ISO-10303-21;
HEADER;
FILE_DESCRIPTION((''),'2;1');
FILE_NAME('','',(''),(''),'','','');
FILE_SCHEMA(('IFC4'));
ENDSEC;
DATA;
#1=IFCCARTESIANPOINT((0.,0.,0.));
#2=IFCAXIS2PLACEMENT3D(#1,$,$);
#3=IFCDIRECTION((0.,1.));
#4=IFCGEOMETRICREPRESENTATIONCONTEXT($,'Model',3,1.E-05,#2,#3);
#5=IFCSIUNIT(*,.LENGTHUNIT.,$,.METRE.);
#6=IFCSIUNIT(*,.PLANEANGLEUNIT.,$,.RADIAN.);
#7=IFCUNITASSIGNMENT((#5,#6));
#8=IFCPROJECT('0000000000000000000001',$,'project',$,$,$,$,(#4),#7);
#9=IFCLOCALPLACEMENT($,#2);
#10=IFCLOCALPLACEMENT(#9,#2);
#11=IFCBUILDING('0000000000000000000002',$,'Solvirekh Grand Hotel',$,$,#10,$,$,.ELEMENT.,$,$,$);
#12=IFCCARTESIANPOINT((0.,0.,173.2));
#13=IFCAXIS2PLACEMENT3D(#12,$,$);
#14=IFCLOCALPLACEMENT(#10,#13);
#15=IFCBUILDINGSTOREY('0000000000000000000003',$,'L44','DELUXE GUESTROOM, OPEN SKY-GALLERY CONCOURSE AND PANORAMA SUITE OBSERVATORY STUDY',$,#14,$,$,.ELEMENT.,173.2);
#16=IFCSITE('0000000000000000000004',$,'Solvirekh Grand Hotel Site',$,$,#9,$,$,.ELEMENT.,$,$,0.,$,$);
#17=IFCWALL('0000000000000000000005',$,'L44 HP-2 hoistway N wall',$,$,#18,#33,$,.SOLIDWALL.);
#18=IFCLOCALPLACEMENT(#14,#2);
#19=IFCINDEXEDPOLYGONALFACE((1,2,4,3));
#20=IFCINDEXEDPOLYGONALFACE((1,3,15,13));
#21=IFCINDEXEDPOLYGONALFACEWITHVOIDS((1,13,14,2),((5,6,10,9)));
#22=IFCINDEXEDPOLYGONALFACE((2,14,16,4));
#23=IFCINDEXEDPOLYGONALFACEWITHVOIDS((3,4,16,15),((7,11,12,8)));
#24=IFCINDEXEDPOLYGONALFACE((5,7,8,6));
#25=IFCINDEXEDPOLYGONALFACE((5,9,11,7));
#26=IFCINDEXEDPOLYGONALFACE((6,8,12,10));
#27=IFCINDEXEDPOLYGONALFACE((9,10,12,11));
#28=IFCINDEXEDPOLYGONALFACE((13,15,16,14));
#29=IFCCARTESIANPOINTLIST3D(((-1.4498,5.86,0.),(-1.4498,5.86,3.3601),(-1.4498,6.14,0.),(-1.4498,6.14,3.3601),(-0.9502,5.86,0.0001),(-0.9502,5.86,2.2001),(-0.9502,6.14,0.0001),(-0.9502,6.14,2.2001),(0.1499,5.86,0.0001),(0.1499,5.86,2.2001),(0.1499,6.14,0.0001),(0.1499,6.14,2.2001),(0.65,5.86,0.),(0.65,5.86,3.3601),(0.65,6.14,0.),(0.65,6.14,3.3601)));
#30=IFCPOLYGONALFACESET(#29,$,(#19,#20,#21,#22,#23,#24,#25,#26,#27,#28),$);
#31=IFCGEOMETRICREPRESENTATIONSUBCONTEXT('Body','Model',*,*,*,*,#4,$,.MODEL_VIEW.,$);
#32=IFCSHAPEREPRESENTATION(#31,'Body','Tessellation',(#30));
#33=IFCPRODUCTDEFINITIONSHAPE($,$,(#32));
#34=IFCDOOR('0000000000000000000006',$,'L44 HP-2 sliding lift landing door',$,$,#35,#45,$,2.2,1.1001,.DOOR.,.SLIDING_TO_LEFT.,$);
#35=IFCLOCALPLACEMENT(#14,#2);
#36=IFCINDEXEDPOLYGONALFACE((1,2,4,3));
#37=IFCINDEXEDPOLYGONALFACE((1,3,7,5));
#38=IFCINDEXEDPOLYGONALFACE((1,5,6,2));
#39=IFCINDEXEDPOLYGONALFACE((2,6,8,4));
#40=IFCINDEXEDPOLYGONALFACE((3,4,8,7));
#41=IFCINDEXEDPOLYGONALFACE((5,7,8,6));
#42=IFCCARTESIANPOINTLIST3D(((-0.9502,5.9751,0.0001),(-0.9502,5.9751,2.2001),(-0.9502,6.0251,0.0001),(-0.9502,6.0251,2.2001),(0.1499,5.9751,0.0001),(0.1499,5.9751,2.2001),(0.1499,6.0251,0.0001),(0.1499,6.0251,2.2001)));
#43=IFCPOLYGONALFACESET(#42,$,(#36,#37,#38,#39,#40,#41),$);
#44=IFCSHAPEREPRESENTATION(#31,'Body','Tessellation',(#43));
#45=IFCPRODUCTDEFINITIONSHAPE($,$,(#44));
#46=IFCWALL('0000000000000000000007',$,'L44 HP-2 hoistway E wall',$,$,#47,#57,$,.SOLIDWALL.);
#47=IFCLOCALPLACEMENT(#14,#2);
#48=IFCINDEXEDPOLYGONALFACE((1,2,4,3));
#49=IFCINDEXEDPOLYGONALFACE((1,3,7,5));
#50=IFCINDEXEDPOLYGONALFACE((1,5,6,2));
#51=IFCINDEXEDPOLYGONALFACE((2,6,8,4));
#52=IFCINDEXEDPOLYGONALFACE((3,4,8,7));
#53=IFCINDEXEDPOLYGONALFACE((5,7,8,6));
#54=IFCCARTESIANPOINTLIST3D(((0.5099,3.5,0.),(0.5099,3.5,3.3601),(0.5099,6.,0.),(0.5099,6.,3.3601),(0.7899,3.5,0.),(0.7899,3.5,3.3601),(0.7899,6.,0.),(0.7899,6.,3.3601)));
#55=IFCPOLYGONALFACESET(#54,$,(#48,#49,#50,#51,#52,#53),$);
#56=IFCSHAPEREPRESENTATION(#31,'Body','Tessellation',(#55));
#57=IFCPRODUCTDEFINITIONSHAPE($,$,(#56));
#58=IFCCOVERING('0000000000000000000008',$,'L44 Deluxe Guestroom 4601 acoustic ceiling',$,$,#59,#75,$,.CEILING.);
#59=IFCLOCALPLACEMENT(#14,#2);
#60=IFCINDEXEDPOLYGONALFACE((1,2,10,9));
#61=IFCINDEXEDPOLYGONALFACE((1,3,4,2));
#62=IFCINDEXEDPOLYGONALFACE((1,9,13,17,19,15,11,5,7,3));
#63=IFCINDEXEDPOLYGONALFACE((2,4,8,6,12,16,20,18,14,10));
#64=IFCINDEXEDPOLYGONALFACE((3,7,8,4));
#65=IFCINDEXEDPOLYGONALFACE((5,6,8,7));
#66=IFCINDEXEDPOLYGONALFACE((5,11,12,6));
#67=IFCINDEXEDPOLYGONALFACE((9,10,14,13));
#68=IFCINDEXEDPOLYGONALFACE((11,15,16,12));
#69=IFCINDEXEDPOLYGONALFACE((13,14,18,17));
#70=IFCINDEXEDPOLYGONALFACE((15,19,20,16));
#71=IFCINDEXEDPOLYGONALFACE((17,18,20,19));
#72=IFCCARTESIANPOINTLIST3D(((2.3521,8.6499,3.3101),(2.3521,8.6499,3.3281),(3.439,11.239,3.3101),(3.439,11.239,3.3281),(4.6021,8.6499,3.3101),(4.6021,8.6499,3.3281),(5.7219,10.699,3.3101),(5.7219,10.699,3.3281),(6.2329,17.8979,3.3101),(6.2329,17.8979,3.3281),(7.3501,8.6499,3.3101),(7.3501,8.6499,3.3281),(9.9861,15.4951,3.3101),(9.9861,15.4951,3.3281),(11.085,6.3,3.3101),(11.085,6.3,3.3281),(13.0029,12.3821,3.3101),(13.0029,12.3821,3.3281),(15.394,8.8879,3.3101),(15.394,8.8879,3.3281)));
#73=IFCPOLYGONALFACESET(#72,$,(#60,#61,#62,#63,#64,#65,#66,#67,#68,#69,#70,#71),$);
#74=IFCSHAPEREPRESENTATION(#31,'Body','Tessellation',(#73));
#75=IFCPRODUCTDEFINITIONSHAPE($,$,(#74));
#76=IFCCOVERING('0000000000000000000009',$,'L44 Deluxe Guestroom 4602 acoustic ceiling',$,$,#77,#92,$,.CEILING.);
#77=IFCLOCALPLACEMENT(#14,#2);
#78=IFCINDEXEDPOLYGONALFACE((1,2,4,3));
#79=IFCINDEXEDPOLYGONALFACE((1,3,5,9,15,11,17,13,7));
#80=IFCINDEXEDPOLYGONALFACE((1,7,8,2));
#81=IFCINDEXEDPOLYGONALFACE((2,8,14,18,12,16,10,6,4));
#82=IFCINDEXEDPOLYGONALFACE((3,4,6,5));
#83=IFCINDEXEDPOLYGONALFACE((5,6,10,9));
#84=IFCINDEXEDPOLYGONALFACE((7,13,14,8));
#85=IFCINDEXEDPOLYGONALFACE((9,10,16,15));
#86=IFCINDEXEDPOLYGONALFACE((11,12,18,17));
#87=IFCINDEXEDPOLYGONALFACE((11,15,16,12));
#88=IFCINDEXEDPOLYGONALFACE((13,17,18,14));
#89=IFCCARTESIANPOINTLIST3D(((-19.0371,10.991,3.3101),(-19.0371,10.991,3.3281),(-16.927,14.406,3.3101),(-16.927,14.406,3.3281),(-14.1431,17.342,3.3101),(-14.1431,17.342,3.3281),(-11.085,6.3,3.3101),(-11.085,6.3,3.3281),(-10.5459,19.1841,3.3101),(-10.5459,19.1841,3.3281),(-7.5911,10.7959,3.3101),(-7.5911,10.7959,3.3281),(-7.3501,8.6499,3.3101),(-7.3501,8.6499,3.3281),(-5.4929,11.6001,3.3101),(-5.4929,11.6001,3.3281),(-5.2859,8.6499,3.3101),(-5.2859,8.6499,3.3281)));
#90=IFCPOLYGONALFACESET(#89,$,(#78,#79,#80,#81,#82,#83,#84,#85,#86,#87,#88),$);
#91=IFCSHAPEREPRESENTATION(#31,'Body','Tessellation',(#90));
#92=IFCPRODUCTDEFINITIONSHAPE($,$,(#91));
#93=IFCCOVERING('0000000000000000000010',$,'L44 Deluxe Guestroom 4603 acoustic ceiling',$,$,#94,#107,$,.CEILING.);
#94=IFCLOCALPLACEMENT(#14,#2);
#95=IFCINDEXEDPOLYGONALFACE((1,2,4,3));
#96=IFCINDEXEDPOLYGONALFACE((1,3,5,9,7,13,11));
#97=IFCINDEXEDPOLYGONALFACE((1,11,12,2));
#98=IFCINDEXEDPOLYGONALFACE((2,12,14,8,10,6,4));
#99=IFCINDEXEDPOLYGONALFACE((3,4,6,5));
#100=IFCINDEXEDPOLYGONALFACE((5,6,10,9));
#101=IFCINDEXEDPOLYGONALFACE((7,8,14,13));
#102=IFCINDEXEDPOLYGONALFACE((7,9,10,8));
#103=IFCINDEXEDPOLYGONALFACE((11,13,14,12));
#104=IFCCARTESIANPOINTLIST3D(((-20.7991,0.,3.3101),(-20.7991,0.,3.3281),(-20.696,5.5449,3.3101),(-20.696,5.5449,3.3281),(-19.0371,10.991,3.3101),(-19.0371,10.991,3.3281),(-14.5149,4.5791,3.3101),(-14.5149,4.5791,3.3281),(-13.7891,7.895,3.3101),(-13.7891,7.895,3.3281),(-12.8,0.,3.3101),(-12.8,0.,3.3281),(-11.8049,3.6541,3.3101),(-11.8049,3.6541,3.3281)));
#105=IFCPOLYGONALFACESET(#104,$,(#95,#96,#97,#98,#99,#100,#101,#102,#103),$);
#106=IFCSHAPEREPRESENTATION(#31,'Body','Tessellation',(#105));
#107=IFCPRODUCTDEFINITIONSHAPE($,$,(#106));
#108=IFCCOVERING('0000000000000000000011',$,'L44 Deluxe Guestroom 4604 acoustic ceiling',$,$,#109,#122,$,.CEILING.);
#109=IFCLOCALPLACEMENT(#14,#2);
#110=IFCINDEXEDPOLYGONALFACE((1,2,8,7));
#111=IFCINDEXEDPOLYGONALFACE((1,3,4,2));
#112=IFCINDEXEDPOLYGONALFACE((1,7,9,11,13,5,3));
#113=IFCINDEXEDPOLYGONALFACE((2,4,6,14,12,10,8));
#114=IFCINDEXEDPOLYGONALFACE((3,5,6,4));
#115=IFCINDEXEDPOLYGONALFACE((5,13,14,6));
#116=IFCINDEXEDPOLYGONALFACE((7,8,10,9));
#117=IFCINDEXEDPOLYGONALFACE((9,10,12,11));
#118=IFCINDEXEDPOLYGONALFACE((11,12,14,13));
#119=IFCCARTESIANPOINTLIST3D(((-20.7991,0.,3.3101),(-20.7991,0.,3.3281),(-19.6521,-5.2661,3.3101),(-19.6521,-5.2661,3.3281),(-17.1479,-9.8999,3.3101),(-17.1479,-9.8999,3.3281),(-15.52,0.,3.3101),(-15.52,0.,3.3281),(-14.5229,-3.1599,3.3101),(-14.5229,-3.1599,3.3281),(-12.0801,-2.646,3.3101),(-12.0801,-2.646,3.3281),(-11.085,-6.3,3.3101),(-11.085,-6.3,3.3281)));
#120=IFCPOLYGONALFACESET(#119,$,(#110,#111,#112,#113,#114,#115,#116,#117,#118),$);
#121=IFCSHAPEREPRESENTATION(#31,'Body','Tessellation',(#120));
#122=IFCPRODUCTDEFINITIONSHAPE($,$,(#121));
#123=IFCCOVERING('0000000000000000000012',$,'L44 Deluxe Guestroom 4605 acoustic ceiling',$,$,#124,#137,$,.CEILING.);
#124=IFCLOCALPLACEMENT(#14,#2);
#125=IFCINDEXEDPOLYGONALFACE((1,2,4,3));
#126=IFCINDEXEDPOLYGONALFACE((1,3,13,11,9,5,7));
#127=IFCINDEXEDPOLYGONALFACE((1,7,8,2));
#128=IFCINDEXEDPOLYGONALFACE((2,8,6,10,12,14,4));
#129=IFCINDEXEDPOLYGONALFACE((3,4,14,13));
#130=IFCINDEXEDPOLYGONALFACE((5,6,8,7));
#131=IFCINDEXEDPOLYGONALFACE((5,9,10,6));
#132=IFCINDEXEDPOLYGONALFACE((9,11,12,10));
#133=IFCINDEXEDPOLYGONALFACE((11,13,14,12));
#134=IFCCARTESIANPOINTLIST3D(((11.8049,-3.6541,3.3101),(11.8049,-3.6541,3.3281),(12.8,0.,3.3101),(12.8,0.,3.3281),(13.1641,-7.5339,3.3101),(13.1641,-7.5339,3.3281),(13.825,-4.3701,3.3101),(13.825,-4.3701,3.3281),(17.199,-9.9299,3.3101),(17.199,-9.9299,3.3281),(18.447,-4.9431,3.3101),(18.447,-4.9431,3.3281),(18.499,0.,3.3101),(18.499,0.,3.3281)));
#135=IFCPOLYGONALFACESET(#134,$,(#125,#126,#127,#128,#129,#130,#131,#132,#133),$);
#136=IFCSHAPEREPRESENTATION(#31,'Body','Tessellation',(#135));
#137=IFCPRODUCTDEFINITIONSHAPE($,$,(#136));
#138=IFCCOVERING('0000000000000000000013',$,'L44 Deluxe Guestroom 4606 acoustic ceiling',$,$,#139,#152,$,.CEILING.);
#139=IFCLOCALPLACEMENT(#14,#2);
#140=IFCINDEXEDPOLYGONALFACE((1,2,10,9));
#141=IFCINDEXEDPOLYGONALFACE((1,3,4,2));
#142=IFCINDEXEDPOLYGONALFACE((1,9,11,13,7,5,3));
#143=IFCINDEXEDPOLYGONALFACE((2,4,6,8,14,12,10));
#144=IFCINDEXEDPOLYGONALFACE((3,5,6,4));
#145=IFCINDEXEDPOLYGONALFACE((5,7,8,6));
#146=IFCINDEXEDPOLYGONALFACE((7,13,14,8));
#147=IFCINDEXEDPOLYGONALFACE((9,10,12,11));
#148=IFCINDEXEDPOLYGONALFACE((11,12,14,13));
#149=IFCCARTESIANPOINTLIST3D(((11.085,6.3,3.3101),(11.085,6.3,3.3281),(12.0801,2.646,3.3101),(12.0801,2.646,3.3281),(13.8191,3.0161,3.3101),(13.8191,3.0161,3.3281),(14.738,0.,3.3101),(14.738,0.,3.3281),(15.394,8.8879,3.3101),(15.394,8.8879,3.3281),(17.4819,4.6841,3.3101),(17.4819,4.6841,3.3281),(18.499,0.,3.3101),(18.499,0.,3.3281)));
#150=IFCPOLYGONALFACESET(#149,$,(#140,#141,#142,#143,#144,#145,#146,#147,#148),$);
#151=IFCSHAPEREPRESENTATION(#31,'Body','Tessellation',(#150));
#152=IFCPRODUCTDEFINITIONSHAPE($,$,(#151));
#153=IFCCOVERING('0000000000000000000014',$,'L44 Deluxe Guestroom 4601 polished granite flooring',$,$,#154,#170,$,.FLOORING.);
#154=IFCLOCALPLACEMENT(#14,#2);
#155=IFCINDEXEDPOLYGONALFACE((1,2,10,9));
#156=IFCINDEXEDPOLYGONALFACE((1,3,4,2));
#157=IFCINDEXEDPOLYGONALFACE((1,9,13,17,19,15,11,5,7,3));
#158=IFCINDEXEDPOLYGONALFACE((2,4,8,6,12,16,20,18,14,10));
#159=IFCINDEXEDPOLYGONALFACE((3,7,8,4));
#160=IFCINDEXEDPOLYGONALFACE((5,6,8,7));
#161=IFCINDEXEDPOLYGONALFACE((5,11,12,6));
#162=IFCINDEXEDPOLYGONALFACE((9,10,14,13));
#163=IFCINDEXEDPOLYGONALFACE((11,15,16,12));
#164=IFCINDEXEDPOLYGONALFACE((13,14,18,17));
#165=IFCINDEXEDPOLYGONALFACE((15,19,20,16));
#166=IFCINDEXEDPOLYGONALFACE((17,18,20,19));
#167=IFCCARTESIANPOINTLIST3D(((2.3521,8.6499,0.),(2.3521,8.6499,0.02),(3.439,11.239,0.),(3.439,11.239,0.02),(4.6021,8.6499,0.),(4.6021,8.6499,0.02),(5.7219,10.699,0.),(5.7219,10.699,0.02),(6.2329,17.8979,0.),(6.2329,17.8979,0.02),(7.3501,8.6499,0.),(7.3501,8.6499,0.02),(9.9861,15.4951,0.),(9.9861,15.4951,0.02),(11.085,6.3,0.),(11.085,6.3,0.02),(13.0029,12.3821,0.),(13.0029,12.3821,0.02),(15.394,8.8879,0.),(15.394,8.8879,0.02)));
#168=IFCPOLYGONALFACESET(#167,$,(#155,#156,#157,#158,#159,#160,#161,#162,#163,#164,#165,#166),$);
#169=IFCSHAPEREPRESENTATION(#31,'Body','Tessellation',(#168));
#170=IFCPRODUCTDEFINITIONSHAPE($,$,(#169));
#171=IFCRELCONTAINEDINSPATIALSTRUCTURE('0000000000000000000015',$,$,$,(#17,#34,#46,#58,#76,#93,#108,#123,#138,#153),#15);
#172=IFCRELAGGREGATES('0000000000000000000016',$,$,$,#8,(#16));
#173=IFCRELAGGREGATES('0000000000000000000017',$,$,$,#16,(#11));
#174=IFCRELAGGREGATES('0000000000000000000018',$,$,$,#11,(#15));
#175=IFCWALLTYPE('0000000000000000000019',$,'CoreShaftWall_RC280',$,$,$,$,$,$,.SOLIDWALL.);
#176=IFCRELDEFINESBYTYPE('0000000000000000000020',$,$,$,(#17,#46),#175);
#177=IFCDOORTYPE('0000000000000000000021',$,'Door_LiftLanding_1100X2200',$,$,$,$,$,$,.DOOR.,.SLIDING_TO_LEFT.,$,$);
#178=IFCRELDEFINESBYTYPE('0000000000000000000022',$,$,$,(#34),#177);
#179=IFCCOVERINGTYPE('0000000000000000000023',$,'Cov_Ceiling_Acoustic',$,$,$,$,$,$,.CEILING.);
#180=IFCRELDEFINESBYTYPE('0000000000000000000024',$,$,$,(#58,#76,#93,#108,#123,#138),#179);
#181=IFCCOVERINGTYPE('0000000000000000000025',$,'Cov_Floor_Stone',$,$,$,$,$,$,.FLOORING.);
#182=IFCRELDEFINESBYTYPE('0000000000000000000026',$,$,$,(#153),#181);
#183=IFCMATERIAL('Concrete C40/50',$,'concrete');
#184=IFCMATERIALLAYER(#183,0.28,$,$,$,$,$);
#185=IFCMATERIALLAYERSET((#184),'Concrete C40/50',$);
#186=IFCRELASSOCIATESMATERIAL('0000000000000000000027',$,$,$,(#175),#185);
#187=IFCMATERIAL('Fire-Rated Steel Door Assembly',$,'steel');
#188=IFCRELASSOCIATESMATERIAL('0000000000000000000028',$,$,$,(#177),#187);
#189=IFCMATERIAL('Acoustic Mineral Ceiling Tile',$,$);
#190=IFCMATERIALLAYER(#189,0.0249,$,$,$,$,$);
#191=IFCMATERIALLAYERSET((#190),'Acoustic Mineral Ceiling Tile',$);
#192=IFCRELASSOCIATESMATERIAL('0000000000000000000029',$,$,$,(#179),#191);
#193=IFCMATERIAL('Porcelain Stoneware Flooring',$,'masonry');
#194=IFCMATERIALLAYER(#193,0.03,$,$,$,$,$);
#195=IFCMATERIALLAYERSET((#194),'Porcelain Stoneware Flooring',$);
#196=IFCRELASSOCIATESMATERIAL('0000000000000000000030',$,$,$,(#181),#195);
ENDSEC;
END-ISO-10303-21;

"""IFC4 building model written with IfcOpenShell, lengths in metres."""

from ifc_helpers import new_model, si_unit, direction, frame, frame_2d, origin, place, context, subcontext, project, spatial, polyline, rectangle, outline, extrude, material, layer, layer_set, type_object, element, fill, save


model = new_model("IFC4")

# Units and contexts
model_context = context("Model", 3, precision=1e-05, world=origin(), true_north=direction((0.0, 1.0)))
body_context = subcontext(model_context, "Body", "Model", "MODEL_VIEW")
ifc_project = project(units=[si_unit("LENGTHUNIT", "METRE"), si_unit("PLANEANGLEUNIT", "RADIAN")], contexts=[model_context])

# Site, building, storey
site_placement = place(None, origin())
site = spatial("IfcSite", under=ifc_project, at=site_placement, Name="Solvirekh Grand Hotel Site", CompositionType="ELEMENT", RefElevation=0.0)
building_placement = place(site_placement, origin())
building = spatial("IfcBuilding", under=site, at=building_placement, Name="Solvirekh Grand Hotel", CompositionType="ELEMENT")
storey_placement = place(building_placement, frame((0.0, 0.0, 173.2)))
storey = spatial("IfcBuildingStorey", under=building, at=storey_placement, Name="L44", Description="DELUXE GUESTROOM, OPEN SKY-GALLERY CONCOURSE AND PANORAMA SUITE OBSERVATORY STUDY", CompositionType="ELEMENT", Elevation=173.2)

# Wall, opening, door
ifc_material_1 = material(Name="Concrete C40/50", Category="concrete")
ifc_layer_1 = layer(ifc_material_1, 0.28)
ifc_layer_set_1 = layer_set([ifc_layer_1], Name="Concrete C40/50")
wall_type = type_object("IfcWallType", Name="CoreShaftWall_RC280", PredefinedType="SOLIDWALL", material=ifc_layer_set_1)
wall_1_placement = place(storey_placement, frame((0.6499, 6.0, 0.0), z_axis=(0.0, 0.0, 1.0), x_axis=(-1.0, 0.0, 0.0)))
wall_1 = element("IfcWall", 1, at=wall_1_placement, inside=storey, type_object=wall_type, Name="L44 HP-2 hoistway N wall", PredefinedType="SOLIDWALL", context=body_context, shape_type="SweptSolid", body=[
    extrude(rectangle(XDim=2.0999, YDim=0.28, at=frame_2d((1.0498, 0.0))), origin(), (0.0, 0.0, 1.0), 3.3601),
])
opening_placement = place(wall_1_placement, frame((0.5, 0.0, 0.0)))
opening = element("IfcOpeningElement", 2, at=opening_placement, cuts=wall_1, PredefinedType="OPENING", context=body_context, shape_type="SweptSolid", body=[
    extrude(rectangle(XDim=1.1001, YDim=2.2, at=frame_2d((0.55, 1.1001))), frame((0.0, 0.1499, 0.0), z_axis=(0.0, -1.0, 0.0), x_axis=(1.0, 0.0, 0.0)), (0.0, 0.0, 1.0), 0.3),
])
ifc_material_2 = material(Name="Fire-Rated Steel Door Assembly", Category="steel")
door_type = type_object("IfcDoorType", Name="Door_LiftLanding_1100X2200", OperationType="SLIDING_TO_LEFT", PredefinedType="DOOR", material=ifc_material_2)
door_placement = place(opening_placement, origin())
door = element("IfcDoor", 3, at=door_placement, inside=storey, type_object=door_type, Name="L44 HP-2 sliding lift landing door", OperationType="SLIDING_TO_LEFT", OverallHeight=2.2, OverallWidth=1.1001, PredefinedType="DOOR", context=body_context, shape_type="SweptSolid", body=[
    extrude(rectangle(XDim=1.1001, YDim=2.2, at=frame_2d((0.55, 1.1001))), frame((0.0, 0.0249, 0.0), z_axis=(0.0, -1.0, 0.0), x_axis=(1.0, 0.0, 0.0)), (0.0, 0.0, 1.0), 0.05),
])
fill(opening, door)

# Wall
wall_2_placement = place(storey_placement, frame((0.6499, 3.5, 0.0), z_axis=(0.0, 0.0, 1.0), x_axis=(0.0, 1.0, 0.0)))
element("IfcWall", 4, at=wall_2_placement, inside=storey, type_object=wall_type, Name="L44 HP-2 hoistway E wall", PredefinedType="SOLIDWALL", context=body_context, shape_type="SweptSolid", body=[
    extrude(rectangle(XDim=2.5, YDim=0.28, at=frame_2d((1.25, 0.0))), origin(), (0.0, 0.0, 1.0), 3.3601),
])

# Coverings
ifc_material_3 = material(Name="Acoustic Mineral Ceiling Tile")
ifc_layer_2 = layer(ifc_material_3, 0.0249)
ifc_layer_set_2 = layer_set([ifc_layer_2], Name="Acoustic Mineral Ceiling Tile")
covering_type_1 = type_object("IfcCoveringType", Name="Cov_Ceiling_Acoustic", PredefinedType="CEILING", material=ifc_layer_set_2)
covering_1_placement = place(storey_placement, frame((0.0, 0.0, 3.3101)))
element("IfcCovering", 5, at=covering_1_placement, inside=storey, type_object=covering_type_1, Name="L44 Deluxe Guestroom 4601 acoustic ceiling", PredefinedType="CEILING", context=body_context, shape_type="SweptSolid", body=[
    extrude(outline(polyline([(2.3521, 8.6499), (3.439, 11.239), (5.7219, 10.699), (4.6021, 8.6499), (7.3501, 8.6499), (11.085, 6.3), (15.394, 8.8879), (13.0029, 12.3821), (9.9861, 15.4951), (6.2329, 17.8979), (2.3521, 8.6499)])), origin(), (0.0, 0.0, 1.0), 0.0181),
])
covering_2_placement = place(storey_placement, frame((0.0, 0.0, 3.3101)))
element("IfcCovering", 6, at=covering_2_placement, inside=storey, type_object=covering_type_1, Name="L44 Deluxe Guestroom 4602 acoustic ceiling", PredefinedType="CEILING", context=body_context, shape_type="SweptSolid", body=[
    extrude(outline(polyline([(-5.2859, 8.6499), (-7.5911, 10.7959), (-5.4929, 11.6001), (-10.5459, 19.1841), (-14.1431, 17.342), (-16.927, 14.406), (-19.0371, 10.991), (-11.085, 6.3), (-7.3501, 8.6499), (-5.2859, 8.6499)])), origin(), (0.0, 0.0, 1.0), 0.0181),
])
covering_3_placement = place(storey_placement, frame((0.0, 0.0, 3.3101)))
element("IfcCovering", 7, at=covering_3_placement, inside=storey, type_object=covering_type_1, Name="L44 Deluxe Guestroom 4603 acoustic ceiling", PredefinedType="CEILING", context=body_context, shape_type="SweptSolid", body=[
    extrude(outline(polyline([(-14.5149, 4.5791), (-13.7891, 7.895), (-19.0371, 10.991), (-20.696, 5.5449), (-20.7991, 0.0), (-12.8, 0.0), (-11.8049, 3.6541), (-14.5149, 4.5791)])), origin(), (0.0, 0.0, 1.0), 0.0181),
])
covering_4_placement = place(storey_placement, frame((0.0, 0.0, 3.3101)))
element("IfcCovering", 8, at=covering_4_placement, inside=storey, type_object=covering_type_1, Name="L44 Deluxe Guestroom 4604 acoustic ceiling", PredefinedType="CEILING", context=body_context, shape_type="SweptSolid", body=[
    extrude(outline(polyline([(-14.5229, -3.1599), (-15.52, 0.0), (-20.7991, 0.0), (-19.6521, -5.2661), (-17.1479, -9.8999), (-11.085, -6.3), (-12.0801, -2.646), (-14.5229, -3.1599)])), origin(), (0.0, 0.0, 1.0), 0.0181),
])
covering_5_placement = place(storey_placement, frame((0.0, 0.0, 3.3101)))
element("IfcCovering", 9, at=covering_5_placement, inside=storey, type_object=covering_type_1, Name="L44 Deluxe Guestroom 4605 acoustic ceiling", PredefinedType="CEILING", context=body_context, shape_type="SweptSolid", body=[
    extrude(outline(polyline([(13.825, -4.3701), (13.1641, -7.5339), (17.199, -9.9299), (18.447, -4.9431), (18.499, 0.0), (12.8, 0.0), (11.8049, -3.6541), (13.825, -4.3701)])), origin(), (0.0, 0.0, 1.0), 0.0181),
])
covering_6_placement = place(storey_placement, frame((0.0, 0.0, 3.3101)))
element("IfcCovering", 10, at=covering_6_placement, inside=storey, type_object=covering_type_1, Name="L44 Deluxe Guestroom 4606 acoustic ceiling", PredefinedType="CEILING", context=body_context, shape_type="SweptSolid", body=[
    extrude(outline(polyline([(13.8191, 3.0161), (14.738, 0.0), (18.499, 0.0), (17.4819, 4.6841), (15.394, 8.8879), (11.085, 6.3), (12.0801, 2.646), (13.8191, 3.0161)])), origin(), (0.0, 0.0, 1.0), 0.0181),
])
ifc_material_4 = material(Name="Porcelain Stoneware Flooring", Category="masonry")
ifc_layer_3 = layer(ifc_material_4, 0.03)
ifc_layer_set_3 = layer_set([ifc_layer_3], Name="Porcelain Stoneware Flooring")
covering_type_2 = type_object("IfcCoveringType", Name="Cov_Floor_Stone", PredefinedType="FLOORING", material=ifc_layer_set_3)
covering_7_placement = place(storey_placement, origin())
element("IfcCovering", 11, at=covering_7_placement, inside=storey, type_object=covering_type_2, Name="L44 Deluxe Guestroom 4601 polished granite flooring", PredefinedType="FLOORING", context=body_context, shape_type="SweptSolid", body=[
    extrude(outline(polyline([(2.3521, 8.6499), (3.439, 11.239), (5.7219, 10.699), (4.6021, 8.6499), (7.3501, 8.6499), (11.085, 6.3), (15.394, 8.8879), (13.0029, 12.3821), (9.9861, 15.4951), (6.2329, 17.8979), (2.3521, 8.6499)])), origin(), (0.0, 0.0, 1.0), 0.02),
])

save(model, "model.ifc")
